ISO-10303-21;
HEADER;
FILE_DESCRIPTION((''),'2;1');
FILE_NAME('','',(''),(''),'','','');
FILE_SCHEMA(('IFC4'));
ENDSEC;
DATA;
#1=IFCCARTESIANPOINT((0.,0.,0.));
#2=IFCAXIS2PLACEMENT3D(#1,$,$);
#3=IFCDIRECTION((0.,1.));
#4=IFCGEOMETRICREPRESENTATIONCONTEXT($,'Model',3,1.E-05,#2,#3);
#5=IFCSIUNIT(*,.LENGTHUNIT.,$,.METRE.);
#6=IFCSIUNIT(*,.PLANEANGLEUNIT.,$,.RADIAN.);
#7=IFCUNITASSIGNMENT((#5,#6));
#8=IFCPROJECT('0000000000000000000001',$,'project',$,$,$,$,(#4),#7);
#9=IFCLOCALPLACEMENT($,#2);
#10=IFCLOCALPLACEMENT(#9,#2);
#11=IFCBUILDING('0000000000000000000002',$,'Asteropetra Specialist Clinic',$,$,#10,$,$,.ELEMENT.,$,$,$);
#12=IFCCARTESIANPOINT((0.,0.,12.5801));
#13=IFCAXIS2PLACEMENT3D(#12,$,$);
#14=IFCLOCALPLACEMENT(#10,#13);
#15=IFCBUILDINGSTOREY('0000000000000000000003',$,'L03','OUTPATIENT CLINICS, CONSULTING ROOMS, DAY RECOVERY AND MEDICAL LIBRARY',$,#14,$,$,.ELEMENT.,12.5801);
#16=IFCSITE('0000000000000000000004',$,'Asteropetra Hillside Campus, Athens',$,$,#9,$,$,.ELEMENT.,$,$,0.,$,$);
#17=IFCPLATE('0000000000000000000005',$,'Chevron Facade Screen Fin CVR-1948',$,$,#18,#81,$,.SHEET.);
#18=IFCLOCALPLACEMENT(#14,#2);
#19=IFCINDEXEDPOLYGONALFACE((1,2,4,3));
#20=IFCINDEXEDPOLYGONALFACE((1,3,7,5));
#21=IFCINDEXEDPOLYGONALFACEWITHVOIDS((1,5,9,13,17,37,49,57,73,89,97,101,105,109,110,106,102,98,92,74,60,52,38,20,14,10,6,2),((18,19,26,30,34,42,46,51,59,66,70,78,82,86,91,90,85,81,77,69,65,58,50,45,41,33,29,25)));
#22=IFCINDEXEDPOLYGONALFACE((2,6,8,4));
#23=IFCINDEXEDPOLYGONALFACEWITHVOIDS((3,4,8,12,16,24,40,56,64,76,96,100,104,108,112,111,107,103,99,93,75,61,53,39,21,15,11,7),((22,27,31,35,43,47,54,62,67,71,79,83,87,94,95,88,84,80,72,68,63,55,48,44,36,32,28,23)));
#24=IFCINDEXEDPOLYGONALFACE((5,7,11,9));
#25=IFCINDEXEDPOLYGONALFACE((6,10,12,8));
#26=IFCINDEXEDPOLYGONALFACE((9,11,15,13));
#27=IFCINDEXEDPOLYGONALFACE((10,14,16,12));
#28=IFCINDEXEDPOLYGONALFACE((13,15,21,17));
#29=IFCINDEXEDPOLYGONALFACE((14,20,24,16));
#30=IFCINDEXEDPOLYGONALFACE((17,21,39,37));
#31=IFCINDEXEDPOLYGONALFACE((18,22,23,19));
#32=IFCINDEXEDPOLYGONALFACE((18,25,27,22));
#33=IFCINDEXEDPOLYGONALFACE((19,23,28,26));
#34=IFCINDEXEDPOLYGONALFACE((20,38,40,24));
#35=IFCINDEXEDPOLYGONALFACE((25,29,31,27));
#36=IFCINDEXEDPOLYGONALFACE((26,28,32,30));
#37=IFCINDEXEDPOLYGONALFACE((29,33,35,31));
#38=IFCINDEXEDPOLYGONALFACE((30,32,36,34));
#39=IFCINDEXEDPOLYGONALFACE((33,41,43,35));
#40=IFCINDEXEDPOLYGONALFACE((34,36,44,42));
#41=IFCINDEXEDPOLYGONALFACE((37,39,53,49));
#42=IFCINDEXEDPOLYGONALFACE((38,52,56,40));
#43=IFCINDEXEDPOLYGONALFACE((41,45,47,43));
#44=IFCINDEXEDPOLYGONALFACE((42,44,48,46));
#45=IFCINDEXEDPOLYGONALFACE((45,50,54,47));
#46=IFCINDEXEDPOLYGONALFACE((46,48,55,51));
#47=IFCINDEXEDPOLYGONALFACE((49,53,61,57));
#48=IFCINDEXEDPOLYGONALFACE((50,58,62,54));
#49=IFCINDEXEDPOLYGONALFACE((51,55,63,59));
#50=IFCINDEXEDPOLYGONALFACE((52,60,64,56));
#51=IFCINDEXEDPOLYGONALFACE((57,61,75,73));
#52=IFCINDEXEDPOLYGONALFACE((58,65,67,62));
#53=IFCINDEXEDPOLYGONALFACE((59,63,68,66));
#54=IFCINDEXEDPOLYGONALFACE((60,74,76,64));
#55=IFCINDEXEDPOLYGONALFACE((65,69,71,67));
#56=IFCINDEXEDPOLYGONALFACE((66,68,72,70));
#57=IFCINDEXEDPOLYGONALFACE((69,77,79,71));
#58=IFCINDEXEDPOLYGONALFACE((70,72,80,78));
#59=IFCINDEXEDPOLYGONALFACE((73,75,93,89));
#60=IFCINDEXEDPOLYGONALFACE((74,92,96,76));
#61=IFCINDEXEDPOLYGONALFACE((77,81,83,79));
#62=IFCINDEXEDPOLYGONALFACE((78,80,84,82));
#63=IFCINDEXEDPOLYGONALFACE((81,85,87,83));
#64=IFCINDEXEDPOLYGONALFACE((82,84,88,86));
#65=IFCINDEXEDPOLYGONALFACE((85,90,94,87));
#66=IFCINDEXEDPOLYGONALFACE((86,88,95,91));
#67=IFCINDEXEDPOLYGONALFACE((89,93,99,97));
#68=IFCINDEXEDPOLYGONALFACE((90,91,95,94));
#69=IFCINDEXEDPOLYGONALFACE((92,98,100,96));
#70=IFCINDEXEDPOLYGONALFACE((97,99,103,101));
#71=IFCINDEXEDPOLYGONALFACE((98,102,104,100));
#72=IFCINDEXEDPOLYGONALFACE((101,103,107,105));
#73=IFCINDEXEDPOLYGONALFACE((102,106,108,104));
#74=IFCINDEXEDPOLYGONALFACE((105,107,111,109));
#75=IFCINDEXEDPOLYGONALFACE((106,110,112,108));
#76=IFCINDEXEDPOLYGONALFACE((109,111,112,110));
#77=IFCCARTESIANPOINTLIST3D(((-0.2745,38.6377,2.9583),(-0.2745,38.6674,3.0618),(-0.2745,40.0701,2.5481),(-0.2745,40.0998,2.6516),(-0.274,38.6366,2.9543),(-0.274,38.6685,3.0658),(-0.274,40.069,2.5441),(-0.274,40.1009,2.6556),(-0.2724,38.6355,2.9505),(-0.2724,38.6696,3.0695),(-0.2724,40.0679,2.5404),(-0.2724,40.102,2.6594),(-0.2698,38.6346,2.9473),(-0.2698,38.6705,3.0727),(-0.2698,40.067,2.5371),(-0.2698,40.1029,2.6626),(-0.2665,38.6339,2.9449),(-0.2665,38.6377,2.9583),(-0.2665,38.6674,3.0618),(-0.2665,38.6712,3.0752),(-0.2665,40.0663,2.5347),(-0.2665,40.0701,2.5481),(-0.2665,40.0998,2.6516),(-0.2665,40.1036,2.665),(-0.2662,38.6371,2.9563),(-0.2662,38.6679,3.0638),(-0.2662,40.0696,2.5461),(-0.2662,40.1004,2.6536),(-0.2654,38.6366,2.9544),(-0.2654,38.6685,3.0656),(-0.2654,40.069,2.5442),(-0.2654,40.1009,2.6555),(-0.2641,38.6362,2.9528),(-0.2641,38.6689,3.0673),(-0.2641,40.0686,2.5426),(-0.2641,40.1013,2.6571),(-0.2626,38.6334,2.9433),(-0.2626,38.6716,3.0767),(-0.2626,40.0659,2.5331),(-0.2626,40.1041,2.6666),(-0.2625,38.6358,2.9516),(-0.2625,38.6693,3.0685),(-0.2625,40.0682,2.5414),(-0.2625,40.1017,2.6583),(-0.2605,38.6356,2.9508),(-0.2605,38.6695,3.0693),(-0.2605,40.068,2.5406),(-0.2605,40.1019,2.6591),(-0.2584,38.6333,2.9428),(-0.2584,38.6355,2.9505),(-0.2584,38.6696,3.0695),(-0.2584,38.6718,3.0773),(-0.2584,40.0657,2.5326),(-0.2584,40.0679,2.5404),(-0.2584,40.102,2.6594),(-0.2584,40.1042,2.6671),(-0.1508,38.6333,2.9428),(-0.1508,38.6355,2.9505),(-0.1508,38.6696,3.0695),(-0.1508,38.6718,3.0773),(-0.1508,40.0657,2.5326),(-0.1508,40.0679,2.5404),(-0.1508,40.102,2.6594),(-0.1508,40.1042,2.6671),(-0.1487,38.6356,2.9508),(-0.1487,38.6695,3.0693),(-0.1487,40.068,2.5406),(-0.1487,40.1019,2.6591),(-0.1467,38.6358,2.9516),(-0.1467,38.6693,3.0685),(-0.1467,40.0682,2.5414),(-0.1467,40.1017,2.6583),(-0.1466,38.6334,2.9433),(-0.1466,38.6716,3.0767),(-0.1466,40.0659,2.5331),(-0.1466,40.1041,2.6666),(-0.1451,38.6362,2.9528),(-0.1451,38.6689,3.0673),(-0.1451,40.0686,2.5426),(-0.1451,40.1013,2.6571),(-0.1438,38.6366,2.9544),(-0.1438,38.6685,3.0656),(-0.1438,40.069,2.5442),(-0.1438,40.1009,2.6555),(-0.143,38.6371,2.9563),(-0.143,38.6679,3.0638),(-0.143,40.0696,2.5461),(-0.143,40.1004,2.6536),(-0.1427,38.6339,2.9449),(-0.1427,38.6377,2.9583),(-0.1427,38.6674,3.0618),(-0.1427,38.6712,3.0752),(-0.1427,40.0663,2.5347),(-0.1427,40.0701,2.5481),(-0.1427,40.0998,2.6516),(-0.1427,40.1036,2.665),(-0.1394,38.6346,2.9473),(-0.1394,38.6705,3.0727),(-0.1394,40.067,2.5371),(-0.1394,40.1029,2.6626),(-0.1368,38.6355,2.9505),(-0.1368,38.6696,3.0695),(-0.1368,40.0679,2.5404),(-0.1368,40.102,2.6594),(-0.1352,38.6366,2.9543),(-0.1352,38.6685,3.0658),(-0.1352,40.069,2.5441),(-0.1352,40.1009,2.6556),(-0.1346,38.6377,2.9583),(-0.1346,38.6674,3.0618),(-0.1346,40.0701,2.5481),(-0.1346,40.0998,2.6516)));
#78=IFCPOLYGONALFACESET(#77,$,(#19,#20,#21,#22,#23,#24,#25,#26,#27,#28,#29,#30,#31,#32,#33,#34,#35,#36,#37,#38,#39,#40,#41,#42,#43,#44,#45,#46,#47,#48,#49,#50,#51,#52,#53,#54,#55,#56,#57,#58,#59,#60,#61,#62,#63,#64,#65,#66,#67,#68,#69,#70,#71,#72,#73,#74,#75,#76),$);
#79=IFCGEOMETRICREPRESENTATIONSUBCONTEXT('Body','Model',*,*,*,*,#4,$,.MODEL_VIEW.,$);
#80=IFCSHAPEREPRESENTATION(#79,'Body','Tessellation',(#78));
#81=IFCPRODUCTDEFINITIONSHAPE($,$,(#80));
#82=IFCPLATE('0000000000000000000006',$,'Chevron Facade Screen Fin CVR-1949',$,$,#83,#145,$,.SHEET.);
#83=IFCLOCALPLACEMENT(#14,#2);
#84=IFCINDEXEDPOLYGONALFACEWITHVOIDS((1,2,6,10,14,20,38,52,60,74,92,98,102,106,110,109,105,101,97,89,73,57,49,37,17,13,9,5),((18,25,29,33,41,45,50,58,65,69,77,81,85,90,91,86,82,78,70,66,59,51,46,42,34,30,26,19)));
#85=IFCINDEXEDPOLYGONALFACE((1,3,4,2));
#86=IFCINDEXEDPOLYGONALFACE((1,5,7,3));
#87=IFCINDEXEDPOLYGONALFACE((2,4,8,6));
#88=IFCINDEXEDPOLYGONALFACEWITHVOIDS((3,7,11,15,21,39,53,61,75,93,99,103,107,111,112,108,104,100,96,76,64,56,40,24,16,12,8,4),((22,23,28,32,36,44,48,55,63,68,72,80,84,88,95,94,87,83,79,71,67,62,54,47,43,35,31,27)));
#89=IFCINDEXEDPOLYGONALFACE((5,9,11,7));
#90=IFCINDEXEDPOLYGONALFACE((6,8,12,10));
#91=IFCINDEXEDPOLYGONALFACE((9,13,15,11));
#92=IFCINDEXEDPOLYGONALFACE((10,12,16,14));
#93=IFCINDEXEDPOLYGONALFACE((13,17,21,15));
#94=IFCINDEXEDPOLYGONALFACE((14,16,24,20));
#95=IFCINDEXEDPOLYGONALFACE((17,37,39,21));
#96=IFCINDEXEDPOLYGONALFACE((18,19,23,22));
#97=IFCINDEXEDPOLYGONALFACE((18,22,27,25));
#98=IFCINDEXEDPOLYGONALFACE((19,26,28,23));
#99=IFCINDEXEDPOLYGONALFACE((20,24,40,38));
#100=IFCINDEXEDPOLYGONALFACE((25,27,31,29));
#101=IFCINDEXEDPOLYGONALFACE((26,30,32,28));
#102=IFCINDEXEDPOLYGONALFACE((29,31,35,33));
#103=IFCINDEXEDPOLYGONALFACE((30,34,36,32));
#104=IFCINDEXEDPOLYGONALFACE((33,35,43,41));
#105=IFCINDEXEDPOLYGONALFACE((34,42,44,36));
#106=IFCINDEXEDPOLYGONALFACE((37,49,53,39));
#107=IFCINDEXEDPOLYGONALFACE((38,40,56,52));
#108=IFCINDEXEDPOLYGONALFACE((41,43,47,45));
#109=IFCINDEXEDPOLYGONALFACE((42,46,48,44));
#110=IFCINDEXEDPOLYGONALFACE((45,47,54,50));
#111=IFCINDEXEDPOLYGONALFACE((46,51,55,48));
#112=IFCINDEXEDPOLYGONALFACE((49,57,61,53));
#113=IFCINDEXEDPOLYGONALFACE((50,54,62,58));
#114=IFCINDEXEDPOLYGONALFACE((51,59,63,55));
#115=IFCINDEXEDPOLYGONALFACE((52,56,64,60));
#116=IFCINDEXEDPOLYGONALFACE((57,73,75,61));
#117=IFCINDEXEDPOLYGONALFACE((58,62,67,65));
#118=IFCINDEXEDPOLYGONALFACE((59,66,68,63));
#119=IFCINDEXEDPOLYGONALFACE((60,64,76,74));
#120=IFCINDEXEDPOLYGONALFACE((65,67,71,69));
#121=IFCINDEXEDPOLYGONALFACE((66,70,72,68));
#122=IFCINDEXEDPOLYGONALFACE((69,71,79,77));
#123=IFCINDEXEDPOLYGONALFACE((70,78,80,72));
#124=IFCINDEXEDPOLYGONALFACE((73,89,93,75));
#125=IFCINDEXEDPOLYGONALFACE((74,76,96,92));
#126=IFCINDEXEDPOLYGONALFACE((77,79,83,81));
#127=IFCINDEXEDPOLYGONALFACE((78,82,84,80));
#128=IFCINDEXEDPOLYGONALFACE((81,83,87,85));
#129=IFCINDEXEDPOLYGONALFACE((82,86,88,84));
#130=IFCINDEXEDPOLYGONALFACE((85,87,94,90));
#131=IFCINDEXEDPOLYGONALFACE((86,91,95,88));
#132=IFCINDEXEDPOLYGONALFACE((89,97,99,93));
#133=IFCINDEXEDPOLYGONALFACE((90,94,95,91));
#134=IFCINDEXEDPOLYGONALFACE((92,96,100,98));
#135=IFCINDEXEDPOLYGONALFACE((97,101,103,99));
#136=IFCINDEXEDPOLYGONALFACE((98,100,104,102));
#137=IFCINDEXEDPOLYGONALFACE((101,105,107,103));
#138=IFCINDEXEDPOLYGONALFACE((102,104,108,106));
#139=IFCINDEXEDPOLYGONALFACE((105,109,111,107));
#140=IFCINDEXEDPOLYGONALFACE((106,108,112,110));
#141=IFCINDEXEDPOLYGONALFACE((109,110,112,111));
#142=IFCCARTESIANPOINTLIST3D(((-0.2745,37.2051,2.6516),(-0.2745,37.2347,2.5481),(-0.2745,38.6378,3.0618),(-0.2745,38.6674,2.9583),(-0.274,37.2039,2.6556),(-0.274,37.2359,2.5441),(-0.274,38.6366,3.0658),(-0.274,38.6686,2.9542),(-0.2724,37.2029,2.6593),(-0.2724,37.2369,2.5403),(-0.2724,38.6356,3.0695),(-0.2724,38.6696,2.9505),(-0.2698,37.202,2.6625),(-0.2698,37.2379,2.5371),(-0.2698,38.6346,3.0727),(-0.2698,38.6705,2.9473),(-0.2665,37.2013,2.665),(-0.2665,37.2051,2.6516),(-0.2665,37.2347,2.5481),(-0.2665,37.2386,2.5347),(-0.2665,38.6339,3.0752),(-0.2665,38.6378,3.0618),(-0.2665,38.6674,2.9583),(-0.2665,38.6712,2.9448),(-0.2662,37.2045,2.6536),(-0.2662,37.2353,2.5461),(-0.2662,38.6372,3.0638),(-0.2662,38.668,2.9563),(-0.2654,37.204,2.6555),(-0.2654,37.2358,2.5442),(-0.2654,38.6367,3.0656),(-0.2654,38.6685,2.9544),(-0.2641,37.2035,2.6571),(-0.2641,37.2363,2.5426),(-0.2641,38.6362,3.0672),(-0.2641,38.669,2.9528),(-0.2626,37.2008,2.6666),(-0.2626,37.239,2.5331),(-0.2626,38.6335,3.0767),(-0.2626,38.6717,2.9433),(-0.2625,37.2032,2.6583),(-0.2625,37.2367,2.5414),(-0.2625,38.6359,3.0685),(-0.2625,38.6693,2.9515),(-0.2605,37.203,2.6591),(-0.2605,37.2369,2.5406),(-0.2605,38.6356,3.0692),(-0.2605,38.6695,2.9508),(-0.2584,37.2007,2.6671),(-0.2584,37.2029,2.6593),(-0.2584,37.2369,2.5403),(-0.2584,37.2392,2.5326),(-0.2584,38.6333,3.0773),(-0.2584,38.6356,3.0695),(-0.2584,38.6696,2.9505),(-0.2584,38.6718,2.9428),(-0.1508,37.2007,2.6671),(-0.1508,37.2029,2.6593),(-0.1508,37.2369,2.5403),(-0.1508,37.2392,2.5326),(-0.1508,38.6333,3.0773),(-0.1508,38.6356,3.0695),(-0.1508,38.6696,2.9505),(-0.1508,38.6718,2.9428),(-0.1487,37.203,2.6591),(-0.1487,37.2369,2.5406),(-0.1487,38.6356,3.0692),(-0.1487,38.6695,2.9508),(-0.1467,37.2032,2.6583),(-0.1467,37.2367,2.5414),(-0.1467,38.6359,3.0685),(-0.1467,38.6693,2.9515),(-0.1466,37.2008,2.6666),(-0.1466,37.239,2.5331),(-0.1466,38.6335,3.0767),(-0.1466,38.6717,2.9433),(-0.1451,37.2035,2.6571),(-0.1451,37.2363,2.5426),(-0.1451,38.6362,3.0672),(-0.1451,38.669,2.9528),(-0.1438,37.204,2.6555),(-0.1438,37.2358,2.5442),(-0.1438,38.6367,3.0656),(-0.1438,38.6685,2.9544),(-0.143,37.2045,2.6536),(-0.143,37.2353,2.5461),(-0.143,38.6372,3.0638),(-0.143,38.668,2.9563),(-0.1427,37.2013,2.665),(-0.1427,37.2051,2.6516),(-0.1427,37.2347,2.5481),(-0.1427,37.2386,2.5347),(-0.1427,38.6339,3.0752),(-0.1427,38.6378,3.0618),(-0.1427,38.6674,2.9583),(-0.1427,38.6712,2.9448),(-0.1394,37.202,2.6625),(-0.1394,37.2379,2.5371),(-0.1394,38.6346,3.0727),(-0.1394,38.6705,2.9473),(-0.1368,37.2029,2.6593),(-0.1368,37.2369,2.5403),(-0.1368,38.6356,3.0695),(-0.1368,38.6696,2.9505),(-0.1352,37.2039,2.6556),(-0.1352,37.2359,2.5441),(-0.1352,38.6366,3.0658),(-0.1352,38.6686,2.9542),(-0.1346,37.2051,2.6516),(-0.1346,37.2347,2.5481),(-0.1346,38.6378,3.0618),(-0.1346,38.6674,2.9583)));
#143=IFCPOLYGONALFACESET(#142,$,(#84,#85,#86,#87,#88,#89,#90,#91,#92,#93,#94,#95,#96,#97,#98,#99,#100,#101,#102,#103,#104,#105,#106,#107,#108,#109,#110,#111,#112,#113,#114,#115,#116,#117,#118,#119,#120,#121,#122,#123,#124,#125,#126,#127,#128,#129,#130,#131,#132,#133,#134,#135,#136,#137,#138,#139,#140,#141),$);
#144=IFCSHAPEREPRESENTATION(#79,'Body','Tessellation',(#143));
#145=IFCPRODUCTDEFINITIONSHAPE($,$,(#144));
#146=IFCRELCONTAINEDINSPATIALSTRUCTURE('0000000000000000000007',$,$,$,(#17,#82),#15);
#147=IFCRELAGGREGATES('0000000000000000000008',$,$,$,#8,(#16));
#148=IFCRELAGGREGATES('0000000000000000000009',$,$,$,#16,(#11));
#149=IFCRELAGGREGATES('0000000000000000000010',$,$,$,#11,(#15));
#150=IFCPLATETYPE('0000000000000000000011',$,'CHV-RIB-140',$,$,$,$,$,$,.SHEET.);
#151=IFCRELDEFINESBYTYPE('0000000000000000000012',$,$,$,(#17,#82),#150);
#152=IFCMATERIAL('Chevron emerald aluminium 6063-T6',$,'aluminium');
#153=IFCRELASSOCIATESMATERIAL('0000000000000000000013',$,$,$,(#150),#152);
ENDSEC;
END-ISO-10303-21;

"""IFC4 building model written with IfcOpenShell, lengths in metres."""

from ifc_helpers import new_model, si_unit, direction, frame, origin, origin_2d, place, context, subcontext, project, spatial, hollow_rectangle, extrude, material, material_profile, profile_set, type_object, element, save


model = new_model("IFC4")

# Units and contexts
model_context = context("Model", 3, precision=1e-05, world=origin(), true_north=direction((0.0, 1.0)))
body_context = subcontext(model_context, "Body", "Model", "MODEL_VIEW")
ifc_project = project(units=[si_unit("LENGTHUNIT", "METRE"), si_unit("PLANEANGLEUNIT", "RADIAN")], contexts=[model_context])

# Site, building, storey
site_placement = place(None, origin())
site = spatial("IfcSite", under=ifc_project, at=site_placement, Name="Asteropetra Hillside Campus, Athens", CompositionType="ELEMENT", RefElevation=0.0)
building_placement = place(site_placement, origin())
building = spatial("IfcBuilding", under=site, at=building_placement, Name="Asteropetra Specialist Clinic", CompositionType="ELEMENT")
storey_placement = place(building_placement, frame((0.0, 0.0, 12.5801)))
storey = spatial("IfcBuildingStorey", under=building, at=storey_placement, Name="L03", Description="OUTPATIENT CLINICS, CONSULTING ROOMS, DAY RECOVERY AND MEDICAL LIBRARY", CompositionType="ELEMENT", Elevation=12.5801)

# Plates
ifc_material_1 = material(Name="Chevron emerald aluminium 6063-T6", Category="aluminium")
ifc_material_profile = material_profile(ifc_material_1, hollow_rectangle(XDim=0.1399, YDim=0.1399, WallThickness=0.0081, InnerFilletRadius=0.0081, OuterFilletRadius=0.0161, at=origin_2d()), Name="SHS 140x140x8.0")
ifc_profile_set = profile_set([ifc_material_profile], Name="Chevron emerald aluminium 6063-T6")
plate_type_1 = type_object("IfcPlateType", Name="CHV-RIB-140", PredefinedType="SHEET", material=ifc_profile_set)
plate_1_placement = place(storey_placement, frame((-0.2046, 40.085, 2.5999), z_axis=(0.0, -0.961363, 0.275284), x_axis=(1.0, 0.0, 0.0)))
element("IfcPlate", 1, at=plate_1_placement, inside=storey, type_object=plate_type_1, Name="Chevron Facade Screen Fin CVR-1948", PredefinedType="SHEET", context=body_context, shape_type="SweptSolid", body=[
    extrude(hollow_rectangle(XDim=0.1399, YDim=0.1399, WallThickness=0.0081, InnerFilletRadius=0.0081, OuterFilletRadius=0.0161, at=origin_2d()), origin(), (0.0, 0.0, 1.0), 1.49),
])
plate_2_placement = place(storey_placement, frame((-0.2046, 38.6526, 3.01), z_axis=(0.0, -0.961375, -0.27524), x_axis=(1.0, 0.0, 0.0)))
element("IfcPlate", 2, at=plate_2_placement, inside=storey, type_object=plate_type_1, Name="Chevron Facade Screen Fin CVR-1949", PredefinedType="SHEET", context=body_context, shape_type="SweptSolid", body=[
    extrude(hollow_rectangle(XDim=0.1399, YDim=0.1399, WallThickness=0.0081, InnerFilletRadius=0.0081, OuterFilletRadius=0.0161, at=origin_2d()), origin(), (0.0, 0.0, 1.0), 1.4902),
])

save(model, "model.ifc")
